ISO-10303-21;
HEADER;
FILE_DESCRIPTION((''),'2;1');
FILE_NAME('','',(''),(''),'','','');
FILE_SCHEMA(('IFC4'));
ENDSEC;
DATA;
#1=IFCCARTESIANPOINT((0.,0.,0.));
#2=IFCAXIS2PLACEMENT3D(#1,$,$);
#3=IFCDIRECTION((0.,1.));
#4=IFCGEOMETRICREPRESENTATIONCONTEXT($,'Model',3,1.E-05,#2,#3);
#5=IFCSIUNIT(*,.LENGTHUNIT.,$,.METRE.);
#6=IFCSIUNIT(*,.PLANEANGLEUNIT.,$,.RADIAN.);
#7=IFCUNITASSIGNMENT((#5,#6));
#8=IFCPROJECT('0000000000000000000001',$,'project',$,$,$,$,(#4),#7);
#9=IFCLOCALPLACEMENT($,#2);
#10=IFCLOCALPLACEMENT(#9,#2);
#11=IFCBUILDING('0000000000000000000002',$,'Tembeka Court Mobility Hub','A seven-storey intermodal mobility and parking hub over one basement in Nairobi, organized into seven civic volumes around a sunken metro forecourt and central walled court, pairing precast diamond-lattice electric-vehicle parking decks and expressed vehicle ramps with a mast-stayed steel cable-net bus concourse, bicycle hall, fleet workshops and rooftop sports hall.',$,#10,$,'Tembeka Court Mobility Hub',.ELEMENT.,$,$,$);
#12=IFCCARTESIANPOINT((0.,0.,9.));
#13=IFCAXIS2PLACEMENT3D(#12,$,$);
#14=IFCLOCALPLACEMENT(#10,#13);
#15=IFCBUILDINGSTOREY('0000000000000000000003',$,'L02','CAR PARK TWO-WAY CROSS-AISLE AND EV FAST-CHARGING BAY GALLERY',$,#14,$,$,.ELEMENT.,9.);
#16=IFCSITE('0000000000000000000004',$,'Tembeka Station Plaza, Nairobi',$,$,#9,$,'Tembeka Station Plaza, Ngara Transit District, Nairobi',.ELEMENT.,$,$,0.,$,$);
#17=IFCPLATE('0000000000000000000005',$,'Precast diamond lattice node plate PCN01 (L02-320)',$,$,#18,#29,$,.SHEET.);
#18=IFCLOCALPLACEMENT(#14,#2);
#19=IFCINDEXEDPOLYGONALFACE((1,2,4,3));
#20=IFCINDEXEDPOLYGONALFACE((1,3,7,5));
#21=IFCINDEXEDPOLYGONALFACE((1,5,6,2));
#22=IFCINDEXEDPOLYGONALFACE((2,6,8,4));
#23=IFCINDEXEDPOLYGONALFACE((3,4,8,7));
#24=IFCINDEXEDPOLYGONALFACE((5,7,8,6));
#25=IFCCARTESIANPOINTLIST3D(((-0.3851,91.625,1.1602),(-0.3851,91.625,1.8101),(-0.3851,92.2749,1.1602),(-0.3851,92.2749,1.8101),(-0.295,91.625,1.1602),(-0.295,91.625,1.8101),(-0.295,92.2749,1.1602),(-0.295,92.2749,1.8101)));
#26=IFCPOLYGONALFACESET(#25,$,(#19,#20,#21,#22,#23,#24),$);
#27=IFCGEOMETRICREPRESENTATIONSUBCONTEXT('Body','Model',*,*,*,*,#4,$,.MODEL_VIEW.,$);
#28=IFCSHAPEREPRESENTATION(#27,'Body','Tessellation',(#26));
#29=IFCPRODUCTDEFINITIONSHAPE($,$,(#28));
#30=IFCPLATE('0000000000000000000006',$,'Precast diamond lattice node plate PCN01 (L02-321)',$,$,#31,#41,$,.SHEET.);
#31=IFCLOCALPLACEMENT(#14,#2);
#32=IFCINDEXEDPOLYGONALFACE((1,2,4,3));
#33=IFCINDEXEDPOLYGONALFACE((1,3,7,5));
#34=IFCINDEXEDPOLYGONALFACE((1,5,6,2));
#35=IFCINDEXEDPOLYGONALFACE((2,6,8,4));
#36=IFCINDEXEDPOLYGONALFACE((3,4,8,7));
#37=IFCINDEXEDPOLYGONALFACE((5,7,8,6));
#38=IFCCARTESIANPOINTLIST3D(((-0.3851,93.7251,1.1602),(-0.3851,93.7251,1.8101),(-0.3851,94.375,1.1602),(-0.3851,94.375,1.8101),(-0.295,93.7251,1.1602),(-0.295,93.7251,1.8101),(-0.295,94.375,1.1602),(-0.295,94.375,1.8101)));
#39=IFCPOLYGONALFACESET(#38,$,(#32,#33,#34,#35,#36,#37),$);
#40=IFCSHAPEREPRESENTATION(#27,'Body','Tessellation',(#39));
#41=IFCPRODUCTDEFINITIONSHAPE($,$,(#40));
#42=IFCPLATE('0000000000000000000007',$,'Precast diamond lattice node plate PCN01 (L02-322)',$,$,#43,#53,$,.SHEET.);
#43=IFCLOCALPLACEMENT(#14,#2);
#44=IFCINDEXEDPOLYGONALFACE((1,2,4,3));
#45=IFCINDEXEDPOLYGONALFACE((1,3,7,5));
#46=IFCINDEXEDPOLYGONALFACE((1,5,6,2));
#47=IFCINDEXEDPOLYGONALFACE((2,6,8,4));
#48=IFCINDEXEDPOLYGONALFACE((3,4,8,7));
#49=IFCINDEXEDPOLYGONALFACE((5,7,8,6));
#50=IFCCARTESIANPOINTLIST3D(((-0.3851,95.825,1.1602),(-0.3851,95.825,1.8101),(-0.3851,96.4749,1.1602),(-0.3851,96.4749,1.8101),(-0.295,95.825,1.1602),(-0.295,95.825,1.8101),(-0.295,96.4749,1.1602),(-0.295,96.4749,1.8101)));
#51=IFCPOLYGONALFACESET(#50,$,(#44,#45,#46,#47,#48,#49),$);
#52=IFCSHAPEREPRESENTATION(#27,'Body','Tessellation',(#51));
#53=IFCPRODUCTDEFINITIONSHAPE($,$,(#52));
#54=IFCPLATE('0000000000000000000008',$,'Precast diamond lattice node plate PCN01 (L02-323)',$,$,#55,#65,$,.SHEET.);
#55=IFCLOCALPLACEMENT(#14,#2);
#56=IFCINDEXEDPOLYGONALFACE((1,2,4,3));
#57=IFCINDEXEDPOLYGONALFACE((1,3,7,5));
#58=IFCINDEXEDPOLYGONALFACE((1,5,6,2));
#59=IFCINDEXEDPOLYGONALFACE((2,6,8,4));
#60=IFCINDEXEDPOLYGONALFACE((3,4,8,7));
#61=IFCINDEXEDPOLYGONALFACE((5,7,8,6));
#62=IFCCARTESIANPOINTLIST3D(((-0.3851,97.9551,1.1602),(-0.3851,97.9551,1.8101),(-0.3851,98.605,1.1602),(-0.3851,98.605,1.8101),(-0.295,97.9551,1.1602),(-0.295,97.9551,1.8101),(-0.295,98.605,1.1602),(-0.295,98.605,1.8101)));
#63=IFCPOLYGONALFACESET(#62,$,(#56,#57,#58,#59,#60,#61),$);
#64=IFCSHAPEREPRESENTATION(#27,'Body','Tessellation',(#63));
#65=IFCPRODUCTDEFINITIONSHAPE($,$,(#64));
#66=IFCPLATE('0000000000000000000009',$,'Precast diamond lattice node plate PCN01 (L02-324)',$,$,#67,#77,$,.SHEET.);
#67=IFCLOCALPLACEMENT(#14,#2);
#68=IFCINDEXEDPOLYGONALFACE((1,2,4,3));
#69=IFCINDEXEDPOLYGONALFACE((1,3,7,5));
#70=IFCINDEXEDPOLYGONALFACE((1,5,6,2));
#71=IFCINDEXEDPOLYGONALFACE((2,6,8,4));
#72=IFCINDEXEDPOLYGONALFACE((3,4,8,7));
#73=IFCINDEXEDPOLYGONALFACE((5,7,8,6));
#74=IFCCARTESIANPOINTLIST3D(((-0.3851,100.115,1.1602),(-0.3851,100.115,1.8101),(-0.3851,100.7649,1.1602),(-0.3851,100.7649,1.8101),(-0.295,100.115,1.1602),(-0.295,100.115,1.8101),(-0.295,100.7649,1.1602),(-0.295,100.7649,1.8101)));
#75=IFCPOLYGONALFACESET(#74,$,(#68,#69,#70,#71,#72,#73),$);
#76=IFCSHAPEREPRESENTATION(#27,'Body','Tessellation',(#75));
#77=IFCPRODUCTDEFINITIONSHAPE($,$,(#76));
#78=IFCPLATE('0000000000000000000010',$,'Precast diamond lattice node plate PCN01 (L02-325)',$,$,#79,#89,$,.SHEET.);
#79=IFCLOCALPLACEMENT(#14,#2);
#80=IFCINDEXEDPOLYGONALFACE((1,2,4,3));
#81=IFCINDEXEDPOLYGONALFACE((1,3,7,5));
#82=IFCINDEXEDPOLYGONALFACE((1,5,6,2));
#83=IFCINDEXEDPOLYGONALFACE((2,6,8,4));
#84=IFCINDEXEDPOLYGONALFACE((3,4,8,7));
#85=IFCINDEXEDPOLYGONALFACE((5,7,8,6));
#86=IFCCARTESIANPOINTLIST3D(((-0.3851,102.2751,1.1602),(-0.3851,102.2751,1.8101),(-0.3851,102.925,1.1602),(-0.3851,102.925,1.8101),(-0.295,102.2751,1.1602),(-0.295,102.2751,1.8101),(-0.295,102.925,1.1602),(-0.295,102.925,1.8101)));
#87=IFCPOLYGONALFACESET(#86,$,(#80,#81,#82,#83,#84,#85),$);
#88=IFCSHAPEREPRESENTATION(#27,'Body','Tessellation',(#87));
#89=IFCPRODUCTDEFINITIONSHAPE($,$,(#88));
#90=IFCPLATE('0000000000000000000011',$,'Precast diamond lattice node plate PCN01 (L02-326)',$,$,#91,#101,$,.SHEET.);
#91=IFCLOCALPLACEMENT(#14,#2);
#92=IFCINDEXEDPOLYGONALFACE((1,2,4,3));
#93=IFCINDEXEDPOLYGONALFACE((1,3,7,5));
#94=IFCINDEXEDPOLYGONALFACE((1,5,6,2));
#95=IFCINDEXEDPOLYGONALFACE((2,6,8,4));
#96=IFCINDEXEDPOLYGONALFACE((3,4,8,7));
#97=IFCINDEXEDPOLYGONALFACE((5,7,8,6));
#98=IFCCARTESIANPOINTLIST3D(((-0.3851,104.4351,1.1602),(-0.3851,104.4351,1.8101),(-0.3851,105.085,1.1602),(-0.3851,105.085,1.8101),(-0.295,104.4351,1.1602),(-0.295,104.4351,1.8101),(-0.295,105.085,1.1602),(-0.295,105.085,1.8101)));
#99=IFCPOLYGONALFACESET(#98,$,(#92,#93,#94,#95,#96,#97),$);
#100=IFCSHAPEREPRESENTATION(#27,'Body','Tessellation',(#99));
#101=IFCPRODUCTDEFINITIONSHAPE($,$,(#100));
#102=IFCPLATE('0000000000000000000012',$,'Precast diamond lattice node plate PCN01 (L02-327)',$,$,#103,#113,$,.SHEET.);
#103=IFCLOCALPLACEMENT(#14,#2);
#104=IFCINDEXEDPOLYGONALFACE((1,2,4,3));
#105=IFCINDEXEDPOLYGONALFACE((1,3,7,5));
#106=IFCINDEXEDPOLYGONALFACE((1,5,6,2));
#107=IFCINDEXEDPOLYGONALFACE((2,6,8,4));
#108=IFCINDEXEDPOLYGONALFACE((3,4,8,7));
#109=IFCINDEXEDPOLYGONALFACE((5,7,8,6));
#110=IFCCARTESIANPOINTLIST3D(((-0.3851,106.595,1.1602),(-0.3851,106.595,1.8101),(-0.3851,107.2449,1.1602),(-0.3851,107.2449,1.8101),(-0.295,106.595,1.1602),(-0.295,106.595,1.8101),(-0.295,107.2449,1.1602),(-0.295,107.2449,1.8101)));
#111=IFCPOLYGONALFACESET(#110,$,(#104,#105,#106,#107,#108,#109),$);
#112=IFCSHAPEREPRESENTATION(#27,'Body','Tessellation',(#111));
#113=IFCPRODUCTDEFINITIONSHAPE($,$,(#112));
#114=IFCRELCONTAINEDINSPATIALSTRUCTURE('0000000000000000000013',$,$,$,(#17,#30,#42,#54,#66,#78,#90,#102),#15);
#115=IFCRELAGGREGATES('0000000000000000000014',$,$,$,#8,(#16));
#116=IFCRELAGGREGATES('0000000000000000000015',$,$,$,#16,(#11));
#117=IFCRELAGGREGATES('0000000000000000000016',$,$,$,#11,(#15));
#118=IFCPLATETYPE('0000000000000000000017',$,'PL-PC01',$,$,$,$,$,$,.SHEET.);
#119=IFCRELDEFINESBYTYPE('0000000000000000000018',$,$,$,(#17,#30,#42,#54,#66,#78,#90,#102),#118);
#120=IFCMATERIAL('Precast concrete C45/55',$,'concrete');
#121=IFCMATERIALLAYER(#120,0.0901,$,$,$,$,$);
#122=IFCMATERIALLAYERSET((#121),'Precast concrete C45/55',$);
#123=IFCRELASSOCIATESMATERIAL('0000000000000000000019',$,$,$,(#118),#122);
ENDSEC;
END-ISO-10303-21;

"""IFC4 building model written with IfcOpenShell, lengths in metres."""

from ifc_helpers import new_model, si_unit, direction, frame, origin, origin_2d, place, context, subcontext, project, spatial, rectangle, extrude, material, layer, layer_set, type_object, element, save


model = new_model("IFC4")

# Units and contexts
model_context = context("Model", 3, precision=1e-05, world=origin(), true_north=direction((0.0, 1.0)))
body_context = subcontext(model_context, "Body", "Model", "MODEL_VIEW")
ifc_project = project(units=[si_unit("LENGTHUNIT", "METRE"), si_unit("PLANEANGLEUNIT", "RADIAN")], contexts=[model_context])

# Site, building, storey
site_placement = place(None, origin())
site = spatial("IfcSite", under=ifc_project, at=site_placement, Name="Tembeka Station Plaza, Nairobi", LongName="Tembeka Station Plaza, Ngara Transit District, Nairobi", CompositionType="ELEMENT", RefElevation=0.0)
building_placement = place(site_placement, origin())
building = spatial("IfcBuilding", under=site, at=building_placement, Name="Tembeka Court Mobility Hub", Description="A seven-storey intermodal mobility and parking hub over one basement in Nairobi, organized into seven civic volumes around a sunken metro forecourt and central walled court, pairing precast diamond-lattice electric-vehicle parking decks and expressed vehicle ramps with a mast-stayed steel cable-net bus concourse, bicycle hall, fleet workshops and rooftop sports hall.", LongName="Tembeka Court Mobility Hub", CompositionType="ELEMENT")
storey_placement = place(building_placement, frame((0.0, 0.0, 9.0)))
storey = spatial("IfcBuildingStorey", under=building, at=storey_placement, Name="L02", Description="CAR PARK TWO-WAY CROSS-AISLE AND EV FAST-CHARGING BAY GALLERY", CompositionType="ELEMENT", Elevation=9.0)

# Shared definitions
ifc_material_1 = material(Name="Precast concrete C45/55", Category="concrete")

# Plates
ifc_layer = layer(ifc_material_1, 0.0901)
ifc_layer_set = layer_set([ifc_layer], Name="Precast concrete C45/55")
plate_type = type_object("IfcPlateType", Name="PL-PC01", PredefinedType="SHEET", material=ifc_layer_set)
for number, where, z_axis, x_axis, name in (
    (1, (-0.3401, 91.95, 1.1602), (0.0, 0.0, 1.0), (1.0, 0.0, 0.0), "Precast diamond lattice node plate PCN01 (L02-320)"),
    (2, (-0.3401, 94.05, 1.1602), (0.0, 0.0, 1.0), (1.0, 0.0, 0.0), "Precast diamond lattice node plate PCN01 (L02-321)"),
    (3, (-0.3401, 96.1499, 1.1602), (0.0, 0.0, 1.0), (1.0, 0.0, 0.0), "Precast diamond lattice node plate PCN01 (L02-322)"),
    (4, (-0.3401, 98.28, 1.1602), (0.0, 0.0, 1.0), (1.0, 0.0, 0.0), "Precast diamond lattice node plate PCN01 (L02-323)"),
    (5, (-0.3401, 100.4399, 1.1602), (0.0, 0.0, 1.0), (1.0, 0.0, 0.0), "Precast diamond lattice node plate PCN01 (L02-324)"),
    (6, (-0.3401, 102.6001, 1.1602), (0.0, 0.0, 1.0), (1.0, 0.0, 0.0), "Precast diamond lattice node plate PCN01 (L02-325)"),
    (7, (-0.3401, 104.76, 1.1602), (0.0, 0.0, 1.0), (1.0, 0.0, 0.0), "Precast diamond lattice node plate PCN01 (L02-326)"),
    (8, (-0.3401, 106.9199, 1.1602), (0.0, 0.0, 1.0), (1.0, 0.0, 0.0), "Precast diamond lattice node plate PCN01 (L02-327)"),
):
    element("IfcPlate", number, at=place(storey_placement, frame(where, z_axis=z_axis, x_axis=x_axis)), inside=storey, type_object=plate_type, Name=name, PredefinedType="SHEET", context=body_context, shape_type="SweptSolid", body=[
        extrude(rectangle(XDim=0.0901, YDim=0.6499, at=origin_2d()), origin(), (0.0, 0.0, 1.0), 0.6499),
    ])

save(model, "model.ifc")
